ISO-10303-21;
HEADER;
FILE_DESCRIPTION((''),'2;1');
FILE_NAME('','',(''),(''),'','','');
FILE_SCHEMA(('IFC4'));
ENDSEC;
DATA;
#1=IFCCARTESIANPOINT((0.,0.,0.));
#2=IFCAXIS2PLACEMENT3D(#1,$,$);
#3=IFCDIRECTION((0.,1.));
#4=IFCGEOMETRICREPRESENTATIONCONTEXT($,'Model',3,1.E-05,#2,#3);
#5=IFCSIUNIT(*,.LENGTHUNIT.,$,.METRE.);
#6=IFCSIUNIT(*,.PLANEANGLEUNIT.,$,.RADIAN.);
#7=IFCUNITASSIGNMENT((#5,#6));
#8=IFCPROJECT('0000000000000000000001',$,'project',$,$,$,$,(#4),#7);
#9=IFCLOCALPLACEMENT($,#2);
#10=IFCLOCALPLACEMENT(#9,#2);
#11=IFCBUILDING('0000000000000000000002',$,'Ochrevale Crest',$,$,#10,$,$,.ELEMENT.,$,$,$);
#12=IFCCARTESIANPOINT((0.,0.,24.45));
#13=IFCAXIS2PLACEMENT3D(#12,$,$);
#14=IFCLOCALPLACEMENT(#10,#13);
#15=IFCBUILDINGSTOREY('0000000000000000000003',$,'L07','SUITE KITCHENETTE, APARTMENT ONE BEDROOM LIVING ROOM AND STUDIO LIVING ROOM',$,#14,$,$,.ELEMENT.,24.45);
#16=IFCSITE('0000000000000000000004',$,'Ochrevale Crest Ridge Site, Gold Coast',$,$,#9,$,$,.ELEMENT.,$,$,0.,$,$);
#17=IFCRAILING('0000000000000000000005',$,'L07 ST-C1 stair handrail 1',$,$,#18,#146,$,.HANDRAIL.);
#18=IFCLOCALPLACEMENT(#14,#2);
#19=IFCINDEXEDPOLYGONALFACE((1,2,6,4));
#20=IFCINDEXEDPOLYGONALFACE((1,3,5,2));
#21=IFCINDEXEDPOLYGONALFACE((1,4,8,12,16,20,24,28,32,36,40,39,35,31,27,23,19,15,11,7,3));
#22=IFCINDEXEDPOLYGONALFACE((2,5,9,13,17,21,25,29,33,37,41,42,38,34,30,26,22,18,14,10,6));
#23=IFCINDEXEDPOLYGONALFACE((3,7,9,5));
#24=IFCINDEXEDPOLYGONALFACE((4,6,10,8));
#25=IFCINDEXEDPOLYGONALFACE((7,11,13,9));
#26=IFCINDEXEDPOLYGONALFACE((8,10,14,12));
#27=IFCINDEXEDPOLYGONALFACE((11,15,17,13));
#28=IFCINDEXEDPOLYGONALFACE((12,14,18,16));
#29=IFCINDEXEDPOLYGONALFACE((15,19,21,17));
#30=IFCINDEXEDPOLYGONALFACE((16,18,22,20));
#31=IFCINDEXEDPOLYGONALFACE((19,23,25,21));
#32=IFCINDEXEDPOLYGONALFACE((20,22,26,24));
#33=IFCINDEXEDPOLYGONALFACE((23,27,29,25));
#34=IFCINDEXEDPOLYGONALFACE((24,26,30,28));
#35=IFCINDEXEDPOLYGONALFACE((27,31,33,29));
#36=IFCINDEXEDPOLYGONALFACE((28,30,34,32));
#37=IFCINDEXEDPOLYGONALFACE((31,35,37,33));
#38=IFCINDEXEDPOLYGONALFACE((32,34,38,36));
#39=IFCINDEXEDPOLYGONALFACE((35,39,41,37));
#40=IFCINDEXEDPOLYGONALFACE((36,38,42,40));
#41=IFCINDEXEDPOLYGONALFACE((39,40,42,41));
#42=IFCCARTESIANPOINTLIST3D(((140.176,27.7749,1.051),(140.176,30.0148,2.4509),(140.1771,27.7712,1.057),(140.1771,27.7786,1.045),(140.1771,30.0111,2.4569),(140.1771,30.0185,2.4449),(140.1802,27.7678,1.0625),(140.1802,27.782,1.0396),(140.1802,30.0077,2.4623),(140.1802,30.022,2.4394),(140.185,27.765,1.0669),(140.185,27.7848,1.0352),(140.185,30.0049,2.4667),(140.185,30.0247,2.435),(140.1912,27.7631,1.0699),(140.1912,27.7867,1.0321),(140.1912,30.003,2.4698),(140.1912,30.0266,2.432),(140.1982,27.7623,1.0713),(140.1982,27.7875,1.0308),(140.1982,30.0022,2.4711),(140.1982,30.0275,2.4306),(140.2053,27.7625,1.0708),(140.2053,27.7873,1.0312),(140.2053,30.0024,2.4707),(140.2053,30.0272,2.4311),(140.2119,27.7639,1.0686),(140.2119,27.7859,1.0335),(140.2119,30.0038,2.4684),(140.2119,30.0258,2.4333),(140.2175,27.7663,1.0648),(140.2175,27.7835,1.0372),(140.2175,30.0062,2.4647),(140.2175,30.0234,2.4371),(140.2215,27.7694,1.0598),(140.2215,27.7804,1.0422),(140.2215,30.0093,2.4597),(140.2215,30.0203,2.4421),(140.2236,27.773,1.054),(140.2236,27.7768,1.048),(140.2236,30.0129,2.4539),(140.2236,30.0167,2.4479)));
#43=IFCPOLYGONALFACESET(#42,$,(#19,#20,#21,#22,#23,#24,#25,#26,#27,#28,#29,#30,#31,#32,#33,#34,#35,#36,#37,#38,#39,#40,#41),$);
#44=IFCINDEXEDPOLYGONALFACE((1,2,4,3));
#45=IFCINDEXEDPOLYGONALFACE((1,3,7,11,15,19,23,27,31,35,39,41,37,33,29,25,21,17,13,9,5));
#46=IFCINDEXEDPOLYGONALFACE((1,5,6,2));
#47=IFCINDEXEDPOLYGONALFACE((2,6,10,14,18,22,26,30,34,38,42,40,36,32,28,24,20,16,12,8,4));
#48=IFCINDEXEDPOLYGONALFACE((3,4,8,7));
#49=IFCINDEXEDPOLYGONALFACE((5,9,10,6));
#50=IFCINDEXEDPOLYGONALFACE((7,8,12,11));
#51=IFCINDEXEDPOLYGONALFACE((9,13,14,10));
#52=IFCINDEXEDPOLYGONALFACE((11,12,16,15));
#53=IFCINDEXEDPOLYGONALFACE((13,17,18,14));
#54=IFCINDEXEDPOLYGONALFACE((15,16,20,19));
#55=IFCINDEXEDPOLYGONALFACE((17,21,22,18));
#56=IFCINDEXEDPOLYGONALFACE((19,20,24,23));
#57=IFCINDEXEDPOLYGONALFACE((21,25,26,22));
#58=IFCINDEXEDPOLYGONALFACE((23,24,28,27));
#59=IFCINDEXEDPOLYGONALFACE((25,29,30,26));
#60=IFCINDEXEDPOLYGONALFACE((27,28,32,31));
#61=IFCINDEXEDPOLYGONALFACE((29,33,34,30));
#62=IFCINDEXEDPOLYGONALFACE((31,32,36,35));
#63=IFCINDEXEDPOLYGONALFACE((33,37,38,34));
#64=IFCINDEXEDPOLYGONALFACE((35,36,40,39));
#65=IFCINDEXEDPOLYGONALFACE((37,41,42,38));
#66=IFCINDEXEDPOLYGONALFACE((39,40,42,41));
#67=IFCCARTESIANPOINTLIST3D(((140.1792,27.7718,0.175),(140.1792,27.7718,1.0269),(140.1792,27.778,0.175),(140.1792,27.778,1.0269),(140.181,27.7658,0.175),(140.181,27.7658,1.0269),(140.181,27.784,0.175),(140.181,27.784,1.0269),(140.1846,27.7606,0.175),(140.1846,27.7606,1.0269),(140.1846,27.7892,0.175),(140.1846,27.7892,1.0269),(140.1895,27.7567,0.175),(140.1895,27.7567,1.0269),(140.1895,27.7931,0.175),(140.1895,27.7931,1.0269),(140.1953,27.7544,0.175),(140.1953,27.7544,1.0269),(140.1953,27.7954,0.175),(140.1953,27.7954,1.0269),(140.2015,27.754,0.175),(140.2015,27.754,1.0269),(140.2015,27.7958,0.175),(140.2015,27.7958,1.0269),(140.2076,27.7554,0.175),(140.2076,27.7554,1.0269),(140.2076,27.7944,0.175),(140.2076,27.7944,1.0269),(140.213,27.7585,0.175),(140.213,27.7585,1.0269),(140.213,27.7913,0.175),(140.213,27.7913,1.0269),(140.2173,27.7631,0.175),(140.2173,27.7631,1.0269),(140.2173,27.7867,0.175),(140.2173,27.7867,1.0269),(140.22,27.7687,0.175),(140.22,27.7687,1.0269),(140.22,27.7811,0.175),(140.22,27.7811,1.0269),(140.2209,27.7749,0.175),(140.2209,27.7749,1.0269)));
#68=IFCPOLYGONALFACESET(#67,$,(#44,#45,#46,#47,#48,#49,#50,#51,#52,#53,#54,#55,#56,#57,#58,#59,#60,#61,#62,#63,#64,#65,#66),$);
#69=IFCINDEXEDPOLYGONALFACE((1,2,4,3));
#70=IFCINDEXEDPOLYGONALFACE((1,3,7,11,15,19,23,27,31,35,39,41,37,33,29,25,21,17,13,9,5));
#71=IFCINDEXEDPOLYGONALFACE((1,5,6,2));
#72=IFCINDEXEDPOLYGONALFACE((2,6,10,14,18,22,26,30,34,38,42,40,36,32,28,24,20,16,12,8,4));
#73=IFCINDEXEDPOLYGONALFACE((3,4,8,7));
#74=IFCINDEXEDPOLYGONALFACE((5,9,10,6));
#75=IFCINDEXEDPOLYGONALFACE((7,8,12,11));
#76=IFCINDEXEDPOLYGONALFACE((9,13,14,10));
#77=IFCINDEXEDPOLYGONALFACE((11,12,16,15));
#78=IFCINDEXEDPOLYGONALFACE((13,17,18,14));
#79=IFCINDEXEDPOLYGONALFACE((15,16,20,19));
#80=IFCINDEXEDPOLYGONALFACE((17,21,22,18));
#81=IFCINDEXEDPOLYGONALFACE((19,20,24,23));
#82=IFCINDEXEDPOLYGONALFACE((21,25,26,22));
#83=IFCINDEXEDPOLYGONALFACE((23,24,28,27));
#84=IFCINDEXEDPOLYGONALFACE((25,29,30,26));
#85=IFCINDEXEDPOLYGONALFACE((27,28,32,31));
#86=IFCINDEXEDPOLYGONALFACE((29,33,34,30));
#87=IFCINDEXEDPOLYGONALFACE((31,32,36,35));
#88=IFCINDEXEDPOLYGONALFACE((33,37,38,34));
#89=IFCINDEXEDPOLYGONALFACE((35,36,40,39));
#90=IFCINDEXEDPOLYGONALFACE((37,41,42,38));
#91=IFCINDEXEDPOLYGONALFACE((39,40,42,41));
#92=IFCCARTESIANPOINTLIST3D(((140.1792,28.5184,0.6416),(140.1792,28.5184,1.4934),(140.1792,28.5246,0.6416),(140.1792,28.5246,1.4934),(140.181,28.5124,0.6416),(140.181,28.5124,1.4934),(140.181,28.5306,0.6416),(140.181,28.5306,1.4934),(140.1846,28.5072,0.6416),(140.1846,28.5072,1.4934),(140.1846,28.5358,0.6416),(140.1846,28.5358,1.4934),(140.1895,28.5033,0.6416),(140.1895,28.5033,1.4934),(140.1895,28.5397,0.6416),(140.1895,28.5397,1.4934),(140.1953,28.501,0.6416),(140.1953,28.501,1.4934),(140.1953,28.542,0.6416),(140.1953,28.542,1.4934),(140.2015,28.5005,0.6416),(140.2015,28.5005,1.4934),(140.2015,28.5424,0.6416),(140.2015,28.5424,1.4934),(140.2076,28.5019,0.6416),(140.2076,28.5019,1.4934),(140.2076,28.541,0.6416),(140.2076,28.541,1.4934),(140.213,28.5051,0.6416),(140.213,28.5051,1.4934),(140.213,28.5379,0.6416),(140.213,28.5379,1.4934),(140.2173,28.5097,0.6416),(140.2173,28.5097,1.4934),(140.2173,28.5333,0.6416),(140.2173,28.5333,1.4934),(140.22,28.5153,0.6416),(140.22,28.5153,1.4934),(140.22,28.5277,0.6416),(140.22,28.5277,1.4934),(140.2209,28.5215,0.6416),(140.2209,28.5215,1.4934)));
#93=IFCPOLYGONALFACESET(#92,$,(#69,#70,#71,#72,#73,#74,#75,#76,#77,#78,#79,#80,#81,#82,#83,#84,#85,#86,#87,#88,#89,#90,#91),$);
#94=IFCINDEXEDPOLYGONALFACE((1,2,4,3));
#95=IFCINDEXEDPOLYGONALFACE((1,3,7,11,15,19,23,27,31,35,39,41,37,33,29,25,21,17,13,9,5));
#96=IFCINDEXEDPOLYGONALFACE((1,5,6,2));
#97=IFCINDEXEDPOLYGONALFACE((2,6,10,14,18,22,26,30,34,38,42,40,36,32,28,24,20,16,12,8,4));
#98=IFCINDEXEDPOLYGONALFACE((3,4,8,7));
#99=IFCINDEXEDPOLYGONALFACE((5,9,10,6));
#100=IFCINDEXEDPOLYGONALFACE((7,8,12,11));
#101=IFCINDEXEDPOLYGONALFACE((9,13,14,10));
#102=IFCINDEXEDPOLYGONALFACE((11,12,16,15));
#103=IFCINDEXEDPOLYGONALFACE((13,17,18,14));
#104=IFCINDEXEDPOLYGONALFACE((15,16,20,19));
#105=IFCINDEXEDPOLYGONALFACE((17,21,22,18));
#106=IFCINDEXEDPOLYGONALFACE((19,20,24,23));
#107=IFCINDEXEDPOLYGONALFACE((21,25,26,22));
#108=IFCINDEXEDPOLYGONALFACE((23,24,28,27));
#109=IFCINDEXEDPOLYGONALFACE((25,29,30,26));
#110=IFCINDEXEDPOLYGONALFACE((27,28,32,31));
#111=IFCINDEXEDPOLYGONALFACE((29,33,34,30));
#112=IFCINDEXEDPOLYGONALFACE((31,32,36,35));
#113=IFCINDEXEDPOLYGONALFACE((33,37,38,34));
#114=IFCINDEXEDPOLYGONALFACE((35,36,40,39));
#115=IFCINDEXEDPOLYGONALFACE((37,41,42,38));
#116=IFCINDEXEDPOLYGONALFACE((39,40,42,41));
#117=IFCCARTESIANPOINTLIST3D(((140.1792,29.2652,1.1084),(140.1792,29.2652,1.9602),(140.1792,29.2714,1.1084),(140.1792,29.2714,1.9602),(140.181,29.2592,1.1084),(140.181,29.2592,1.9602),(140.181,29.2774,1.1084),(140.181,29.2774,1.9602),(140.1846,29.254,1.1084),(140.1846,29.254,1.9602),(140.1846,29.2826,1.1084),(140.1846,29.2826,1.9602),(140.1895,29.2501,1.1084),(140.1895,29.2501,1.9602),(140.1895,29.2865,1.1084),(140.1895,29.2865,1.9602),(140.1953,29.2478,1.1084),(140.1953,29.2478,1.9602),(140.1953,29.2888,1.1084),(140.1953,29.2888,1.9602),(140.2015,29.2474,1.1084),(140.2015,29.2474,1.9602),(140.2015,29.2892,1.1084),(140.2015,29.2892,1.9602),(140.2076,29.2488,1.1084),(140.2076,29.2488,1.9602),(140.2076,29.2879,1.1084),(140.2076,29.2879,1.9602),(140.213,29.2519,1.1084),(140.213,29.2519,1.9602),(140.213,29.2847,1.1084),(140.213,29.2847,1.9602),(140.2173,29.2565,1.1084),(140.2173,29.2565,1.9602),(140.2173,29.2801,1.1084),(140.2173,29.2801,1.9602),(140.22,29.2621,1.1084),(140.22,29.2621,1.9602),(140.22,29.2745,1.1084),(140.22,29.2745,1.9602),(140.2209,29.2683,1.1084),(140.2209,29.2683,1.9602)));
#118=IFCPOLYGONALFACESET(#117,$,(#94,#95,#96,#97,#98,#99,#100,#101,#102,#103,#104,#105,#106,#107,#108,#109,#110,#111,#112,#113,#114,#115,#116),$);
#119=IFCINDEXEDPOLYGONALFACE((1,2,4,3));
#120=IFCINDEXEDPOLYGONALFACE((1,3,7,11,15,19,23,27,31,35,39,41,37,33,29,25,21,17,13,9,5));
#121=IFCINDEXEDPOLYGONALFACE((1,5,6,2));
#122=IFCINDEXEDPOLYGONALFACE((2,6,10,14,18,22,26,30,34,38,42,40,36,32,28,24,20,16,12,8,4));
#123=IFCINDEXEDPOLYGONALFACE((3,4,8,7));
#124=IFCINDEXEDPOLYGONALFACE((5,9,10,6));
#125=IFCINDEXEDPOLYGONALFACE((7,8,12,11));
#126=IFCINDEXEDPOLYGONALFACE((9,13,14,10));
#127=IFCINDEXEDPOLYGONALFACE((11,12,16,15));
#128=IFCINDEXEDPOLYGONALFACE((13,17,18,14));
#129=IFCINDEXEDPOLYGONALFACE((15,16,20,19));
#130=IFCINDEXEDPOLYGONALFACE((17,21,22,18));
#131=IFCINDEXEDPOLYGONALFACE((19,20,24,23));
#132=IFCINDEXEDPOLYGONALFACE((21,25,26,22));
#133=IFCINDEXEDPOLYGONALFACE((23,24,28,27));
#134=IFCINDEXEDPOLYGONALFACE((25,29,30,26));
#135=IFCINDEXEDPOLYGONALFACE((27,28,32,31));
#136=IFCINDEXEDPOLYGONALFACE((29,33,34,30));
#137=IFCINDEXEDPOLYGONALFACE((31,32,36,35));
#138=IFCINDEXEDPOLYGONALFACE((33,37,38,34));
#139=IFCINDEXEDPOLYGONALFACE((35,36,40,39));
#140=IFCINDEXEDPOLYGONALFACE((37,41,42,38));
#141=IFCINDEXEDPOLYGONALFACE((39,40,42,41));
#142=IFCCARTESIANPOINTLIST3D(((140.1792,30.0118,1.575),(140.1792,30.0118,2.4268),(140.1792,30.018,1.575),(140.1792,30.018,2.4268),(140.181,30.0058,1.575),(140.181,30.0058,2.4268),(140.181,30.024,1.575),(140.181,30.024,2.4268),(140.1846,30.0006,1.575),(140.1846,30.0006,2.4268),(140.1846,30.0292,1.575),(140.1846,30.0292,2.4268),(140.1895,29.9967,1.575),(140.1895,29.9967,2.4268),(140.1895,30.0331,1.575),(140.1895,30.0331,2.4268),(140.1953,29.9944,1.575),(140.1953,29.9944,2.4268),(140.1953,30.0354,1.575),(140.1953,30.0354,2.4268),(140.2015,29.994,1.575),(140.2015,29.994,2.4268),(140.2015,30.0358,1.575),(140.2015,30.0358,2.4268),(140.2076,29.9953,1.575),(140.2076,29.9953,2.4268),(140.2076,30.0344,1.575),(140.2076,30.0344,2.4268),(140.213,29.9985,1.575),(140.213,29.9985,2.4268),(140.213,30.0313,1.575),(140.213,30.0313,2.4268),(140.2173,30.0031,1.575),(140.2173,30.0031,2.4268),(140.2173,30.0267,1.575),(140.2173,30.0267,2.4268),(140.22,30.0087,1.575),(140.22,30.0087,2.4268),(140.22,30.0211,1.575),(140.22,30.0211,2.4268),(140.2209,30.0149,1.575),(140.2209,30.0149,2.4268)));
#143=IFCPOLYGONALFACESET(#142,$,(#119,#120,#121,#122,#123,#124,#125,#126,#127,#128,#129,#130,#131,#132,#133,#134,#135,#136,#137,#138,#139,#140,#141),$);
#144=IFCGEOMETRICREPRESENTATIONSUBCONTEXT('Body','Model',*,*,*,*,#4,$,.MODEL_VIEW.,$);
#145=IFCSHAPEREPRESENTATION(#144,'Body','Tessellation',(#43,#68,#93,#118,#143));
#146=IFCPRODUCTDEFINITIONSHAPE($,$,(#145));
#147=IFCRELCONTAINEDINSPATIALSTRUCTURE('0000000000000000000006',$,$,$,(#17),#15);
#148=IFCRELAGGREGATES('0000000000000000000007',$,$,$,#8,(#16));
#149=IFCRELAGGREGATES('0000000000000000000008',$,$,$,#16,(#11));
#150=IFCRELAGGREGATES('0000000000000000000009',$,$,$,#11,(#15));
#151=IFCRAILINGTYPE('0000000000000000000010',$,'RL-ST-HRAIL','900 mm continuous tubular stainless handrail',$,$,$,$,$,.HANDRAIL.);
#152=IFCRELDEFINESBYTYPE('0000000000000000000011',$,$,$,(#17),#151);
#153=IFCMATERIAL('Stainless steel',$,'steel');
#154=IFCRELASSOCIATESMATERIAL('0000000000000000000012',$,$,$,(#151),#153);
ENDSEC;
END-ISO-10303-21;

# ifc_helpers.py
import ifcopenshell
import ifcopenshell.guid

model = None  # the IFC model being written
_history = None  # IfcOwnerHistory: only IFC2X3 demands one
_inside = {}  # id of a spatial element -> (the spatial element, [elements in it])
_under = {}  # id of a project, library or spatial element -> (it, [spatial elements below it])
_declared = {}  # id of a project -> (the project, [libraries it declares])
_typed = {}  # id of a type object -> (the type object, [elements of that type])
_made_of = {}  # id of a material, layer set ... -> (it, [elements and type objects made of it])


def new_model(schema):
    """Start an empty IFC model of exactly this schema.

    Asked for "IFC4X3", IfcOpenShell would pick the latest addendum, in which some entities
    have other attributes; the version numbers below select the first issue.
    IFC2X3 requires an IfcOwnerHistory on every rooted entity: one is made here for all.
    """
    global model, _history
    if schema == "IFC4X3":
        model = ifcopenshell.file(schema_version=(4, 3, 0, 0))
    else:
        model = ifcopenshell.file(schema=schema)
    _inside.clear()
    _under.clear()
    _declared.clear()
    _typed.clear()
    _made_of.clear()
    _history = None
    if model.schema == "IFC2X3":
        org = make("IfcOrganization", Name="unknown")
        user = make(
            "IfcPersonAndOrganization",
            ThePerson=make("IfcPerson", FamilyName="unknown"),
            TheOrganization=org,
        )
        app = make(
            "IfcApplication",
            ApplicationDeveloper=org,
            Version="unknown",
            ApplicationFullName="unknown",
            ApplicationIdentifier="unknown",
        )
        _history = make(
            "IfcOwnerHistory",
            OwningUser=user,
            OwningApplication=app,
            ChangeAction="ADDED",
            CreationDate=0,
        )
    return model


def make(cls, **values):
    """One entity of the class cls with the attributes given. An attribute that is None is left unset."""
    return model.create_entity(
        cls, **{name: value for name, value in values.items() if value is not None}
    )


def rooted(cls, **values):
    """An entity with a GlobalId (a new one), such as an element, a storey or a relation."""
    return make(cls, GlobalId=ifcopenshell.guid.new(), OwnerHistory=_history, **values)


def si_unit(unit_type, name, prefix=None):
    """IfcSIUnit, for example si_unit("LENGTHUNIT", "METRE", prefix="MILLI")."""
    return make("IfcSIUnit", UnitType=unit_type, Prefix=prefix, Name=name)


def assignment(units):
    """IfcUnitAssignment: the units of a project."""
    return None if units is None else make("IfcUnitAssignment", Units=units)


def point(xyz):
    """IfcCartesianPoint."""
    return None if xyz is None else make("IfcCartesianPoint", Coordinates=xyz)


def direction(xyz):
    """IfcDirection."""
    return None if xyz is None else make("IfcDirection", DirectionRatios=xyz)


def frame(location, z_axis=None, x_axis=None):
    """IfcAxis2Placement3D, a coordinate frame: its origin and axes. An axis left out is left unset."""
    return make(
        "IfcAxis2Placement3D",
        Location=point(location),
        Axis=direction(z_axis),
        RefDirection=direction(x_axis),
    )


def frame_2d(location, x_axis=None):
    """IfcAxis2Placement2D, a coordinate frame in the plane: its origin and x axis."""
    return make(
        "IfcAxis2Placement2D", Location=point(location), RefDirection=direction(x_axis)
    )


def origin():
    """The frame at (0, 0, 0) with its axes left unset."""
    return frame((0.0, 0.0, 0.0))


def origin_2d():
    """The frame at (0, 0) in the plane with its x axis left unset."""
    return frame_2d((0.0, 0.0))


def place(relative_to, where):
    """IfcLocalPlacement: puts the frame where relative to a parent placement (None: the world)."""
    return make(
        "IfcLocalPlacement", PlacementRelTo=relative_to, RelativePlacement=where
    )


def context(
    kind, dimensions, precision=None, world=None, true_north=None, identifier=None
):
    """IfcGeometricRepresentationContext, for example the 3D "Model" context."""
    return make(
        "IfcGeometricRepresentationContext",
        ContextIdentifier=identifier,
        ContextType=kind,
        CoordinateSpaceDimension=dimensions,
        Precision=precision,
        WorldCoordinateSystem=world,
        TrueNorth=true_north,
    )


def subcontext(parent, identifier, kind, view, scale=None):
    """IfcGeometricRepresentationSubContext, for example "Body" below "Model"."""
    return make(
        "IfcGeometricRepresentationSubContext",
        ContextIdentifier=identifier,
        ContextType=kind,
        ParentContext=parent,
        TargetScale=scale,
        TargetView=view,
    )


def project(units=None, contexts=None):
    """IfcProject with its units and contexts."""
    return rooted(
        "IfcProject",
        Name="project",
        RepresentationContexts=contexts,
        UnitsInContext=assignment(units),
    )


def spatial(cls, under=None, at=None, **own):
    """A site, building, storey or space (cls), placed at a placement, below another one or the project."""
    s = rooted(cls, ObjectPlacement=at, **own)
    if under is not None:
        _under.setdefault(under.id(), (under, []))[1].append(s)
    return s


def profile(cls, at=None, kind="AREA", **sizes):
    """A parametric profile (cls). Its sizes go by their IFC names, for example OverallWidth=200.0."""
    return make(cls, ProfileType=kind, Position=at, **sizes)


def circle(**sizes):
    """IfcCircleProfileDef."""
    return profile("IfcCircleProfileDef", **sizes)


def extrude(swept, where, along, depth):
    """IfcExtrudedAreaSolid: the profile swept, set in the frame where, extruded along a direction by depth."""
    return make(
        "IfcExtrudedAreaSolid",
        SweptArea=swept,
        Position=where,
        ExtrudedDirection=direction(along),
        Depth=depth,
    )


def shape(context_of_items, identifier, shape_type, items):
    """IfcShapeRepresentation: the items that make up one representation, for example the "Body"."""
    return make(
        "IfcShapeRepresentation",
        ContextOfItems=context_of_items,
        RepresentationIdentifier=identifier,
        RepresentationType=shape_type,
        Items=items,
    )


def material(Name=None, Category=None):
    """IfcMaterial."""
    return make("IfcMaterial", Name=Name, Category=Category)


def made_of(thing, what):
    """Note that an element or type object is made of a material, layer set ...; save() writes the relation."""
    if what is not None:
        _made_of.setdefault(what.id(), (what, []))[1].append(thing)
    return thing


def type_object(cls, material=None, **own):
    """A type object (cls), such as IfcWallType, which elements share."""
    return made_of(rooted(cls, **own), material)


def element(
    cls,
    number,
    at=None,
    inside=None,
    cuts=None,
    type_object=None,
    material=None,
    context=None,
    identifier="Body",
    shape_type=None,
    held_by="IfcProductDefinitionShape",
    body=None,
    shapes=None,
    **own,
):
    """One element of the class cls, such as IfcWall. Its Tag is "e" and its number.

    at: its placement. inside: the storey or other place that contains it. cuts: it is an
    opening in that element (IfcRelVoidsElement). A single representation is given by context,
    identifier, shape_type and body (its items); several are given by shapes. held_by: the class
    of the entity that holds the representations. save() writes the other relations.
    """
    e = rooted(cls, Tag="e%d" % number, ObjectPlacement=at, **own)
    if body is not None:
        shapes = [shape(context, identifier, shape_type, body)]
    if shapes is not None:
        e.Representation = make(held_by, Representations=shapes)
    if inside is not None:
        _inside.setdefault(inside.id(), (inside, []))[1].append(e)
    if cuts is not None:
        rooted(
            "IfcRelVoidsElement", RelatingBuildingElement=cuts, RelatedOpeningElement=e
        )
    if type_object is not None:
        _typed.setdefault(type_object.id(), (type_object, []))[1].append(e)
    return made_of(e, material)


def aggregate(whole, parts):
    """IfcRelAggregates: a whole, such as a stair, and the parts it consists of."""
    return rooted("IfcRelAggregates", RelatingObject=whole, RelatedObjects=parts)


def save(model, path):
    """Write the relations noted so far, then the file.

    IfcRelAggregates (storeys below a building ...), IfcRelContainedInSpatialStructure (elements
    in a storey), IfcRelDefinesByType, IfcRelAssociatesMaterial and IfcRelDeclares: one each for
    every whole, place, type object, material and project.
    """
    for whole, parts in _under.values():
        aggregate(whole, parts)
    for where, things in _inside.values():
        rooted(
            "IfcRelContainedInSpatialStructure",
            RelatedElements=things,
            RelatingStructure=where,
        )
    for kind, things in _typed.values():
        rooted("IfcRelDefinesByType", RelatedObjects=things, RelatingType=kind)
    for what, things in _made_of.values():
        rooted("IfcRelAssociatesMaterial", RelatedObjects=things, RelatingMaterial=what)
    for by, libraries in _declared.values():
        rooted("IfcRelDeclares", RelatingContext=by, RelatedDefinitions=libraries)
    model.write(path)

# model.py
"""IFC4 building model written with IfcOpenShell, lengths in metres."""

from ifc_helpers import new_model, si_unit, direction, frame, origin, origin_2d, place, context, subcontext, project, spatial, circle, extrude, material, type_object, element, save


model = new_model("IFC4")

# Units and contexts
model_context = context("Model", 3, precision=1e-05, world=origin(), true_north=direction((0.0, 1.0)))
body_context = subcontext(model_context, "Body", "Model", "MODEL_VIEW")
ifc_project = project(units=[si_unit("LENGTHUNIT", "METRE"), si_unit("PLANEANGLEUNIT", "RADIAN")], contexts=[model_context])

# Site, building, storey
site_placement = place(None, origin())
site = spatial("IfcSite", under=ifc_project, at=site_placement, Name="Ochrevale Crest Ridge Site, Gold Coast", CompositionType="ELEMENT", RefElevation=0.0)
building_placement = place(site_placement, origin())
building = spatial("IfcBuilding", under=site, at=building_placement, Name="Ochrevale Crest", CompositionType="ELEMENT")
storey_placement = place(building_placement, frame((0.0, 0.0, 24.45)))
storey = spatial("IfcBuildingStorey", under=building, at=storey_placement, Name="L07", Description="SUITE KITCHENETTE, APARTMENT ONE BEDROOM LIVING ROOM AND STUDIO LIVING ROOM", CompositionType="ELEMENT", Elevation=24.45)

# Railing
ifc_material_1 = material(Name="Stainless steel", Category="steel")
railing_type_1 = type_object("IfcRailingType", Name="RL-ST-HRAIL", Description="900 mm continuous tubular stainless handrail", PredefinedType="HANDRAIL", material=ifc_material_1)
railing_1_placement = place(storey_placement, frame((140.2, 27.7749, 0.175)))
element("IfcRailing", 1, at=railing_1_placement, inside=storey, type_object=railing_type_1, Name="L07 ST-C1 stair handrail 1", PredefinedType="HANDRAIL", context=body_context, shape_type="SweptSolid", body=[
    extrude(circle(Radius=0.0239, at=origin_2d()), frame((0.0, 0.0, 0.876), z_axis=(0.0, 0.848014, 0.529974), x_axis=(-1.0, 0.0, 0.0)), (0.0, 0.0, 1.0), 2.6414),
    extrude(circle(Radius=0.021, at=origin_2d()), origin(), (0.0, 0.0, 1.0), 0.8518),
    extrude(circle(Radius=0.021, at=origin_2d()), frame((0.0, 0.7466, 0.4666)), (0.0, 0.0, 1.0), 0.8518),
    extrude(circle(Radius=0.021, at=origin_2d()), frame((0.0, 1.4934, 0.9333)), (0.0, 0.0, 1.0), 0.8518),
    extrude(circle(Radius=0.021, at=origin_2d()), frame((0.0, 2.24, 1.3999)), (0.0, 0.0, 1.0), 0.8518),
])

save(model, "model.ifc")
